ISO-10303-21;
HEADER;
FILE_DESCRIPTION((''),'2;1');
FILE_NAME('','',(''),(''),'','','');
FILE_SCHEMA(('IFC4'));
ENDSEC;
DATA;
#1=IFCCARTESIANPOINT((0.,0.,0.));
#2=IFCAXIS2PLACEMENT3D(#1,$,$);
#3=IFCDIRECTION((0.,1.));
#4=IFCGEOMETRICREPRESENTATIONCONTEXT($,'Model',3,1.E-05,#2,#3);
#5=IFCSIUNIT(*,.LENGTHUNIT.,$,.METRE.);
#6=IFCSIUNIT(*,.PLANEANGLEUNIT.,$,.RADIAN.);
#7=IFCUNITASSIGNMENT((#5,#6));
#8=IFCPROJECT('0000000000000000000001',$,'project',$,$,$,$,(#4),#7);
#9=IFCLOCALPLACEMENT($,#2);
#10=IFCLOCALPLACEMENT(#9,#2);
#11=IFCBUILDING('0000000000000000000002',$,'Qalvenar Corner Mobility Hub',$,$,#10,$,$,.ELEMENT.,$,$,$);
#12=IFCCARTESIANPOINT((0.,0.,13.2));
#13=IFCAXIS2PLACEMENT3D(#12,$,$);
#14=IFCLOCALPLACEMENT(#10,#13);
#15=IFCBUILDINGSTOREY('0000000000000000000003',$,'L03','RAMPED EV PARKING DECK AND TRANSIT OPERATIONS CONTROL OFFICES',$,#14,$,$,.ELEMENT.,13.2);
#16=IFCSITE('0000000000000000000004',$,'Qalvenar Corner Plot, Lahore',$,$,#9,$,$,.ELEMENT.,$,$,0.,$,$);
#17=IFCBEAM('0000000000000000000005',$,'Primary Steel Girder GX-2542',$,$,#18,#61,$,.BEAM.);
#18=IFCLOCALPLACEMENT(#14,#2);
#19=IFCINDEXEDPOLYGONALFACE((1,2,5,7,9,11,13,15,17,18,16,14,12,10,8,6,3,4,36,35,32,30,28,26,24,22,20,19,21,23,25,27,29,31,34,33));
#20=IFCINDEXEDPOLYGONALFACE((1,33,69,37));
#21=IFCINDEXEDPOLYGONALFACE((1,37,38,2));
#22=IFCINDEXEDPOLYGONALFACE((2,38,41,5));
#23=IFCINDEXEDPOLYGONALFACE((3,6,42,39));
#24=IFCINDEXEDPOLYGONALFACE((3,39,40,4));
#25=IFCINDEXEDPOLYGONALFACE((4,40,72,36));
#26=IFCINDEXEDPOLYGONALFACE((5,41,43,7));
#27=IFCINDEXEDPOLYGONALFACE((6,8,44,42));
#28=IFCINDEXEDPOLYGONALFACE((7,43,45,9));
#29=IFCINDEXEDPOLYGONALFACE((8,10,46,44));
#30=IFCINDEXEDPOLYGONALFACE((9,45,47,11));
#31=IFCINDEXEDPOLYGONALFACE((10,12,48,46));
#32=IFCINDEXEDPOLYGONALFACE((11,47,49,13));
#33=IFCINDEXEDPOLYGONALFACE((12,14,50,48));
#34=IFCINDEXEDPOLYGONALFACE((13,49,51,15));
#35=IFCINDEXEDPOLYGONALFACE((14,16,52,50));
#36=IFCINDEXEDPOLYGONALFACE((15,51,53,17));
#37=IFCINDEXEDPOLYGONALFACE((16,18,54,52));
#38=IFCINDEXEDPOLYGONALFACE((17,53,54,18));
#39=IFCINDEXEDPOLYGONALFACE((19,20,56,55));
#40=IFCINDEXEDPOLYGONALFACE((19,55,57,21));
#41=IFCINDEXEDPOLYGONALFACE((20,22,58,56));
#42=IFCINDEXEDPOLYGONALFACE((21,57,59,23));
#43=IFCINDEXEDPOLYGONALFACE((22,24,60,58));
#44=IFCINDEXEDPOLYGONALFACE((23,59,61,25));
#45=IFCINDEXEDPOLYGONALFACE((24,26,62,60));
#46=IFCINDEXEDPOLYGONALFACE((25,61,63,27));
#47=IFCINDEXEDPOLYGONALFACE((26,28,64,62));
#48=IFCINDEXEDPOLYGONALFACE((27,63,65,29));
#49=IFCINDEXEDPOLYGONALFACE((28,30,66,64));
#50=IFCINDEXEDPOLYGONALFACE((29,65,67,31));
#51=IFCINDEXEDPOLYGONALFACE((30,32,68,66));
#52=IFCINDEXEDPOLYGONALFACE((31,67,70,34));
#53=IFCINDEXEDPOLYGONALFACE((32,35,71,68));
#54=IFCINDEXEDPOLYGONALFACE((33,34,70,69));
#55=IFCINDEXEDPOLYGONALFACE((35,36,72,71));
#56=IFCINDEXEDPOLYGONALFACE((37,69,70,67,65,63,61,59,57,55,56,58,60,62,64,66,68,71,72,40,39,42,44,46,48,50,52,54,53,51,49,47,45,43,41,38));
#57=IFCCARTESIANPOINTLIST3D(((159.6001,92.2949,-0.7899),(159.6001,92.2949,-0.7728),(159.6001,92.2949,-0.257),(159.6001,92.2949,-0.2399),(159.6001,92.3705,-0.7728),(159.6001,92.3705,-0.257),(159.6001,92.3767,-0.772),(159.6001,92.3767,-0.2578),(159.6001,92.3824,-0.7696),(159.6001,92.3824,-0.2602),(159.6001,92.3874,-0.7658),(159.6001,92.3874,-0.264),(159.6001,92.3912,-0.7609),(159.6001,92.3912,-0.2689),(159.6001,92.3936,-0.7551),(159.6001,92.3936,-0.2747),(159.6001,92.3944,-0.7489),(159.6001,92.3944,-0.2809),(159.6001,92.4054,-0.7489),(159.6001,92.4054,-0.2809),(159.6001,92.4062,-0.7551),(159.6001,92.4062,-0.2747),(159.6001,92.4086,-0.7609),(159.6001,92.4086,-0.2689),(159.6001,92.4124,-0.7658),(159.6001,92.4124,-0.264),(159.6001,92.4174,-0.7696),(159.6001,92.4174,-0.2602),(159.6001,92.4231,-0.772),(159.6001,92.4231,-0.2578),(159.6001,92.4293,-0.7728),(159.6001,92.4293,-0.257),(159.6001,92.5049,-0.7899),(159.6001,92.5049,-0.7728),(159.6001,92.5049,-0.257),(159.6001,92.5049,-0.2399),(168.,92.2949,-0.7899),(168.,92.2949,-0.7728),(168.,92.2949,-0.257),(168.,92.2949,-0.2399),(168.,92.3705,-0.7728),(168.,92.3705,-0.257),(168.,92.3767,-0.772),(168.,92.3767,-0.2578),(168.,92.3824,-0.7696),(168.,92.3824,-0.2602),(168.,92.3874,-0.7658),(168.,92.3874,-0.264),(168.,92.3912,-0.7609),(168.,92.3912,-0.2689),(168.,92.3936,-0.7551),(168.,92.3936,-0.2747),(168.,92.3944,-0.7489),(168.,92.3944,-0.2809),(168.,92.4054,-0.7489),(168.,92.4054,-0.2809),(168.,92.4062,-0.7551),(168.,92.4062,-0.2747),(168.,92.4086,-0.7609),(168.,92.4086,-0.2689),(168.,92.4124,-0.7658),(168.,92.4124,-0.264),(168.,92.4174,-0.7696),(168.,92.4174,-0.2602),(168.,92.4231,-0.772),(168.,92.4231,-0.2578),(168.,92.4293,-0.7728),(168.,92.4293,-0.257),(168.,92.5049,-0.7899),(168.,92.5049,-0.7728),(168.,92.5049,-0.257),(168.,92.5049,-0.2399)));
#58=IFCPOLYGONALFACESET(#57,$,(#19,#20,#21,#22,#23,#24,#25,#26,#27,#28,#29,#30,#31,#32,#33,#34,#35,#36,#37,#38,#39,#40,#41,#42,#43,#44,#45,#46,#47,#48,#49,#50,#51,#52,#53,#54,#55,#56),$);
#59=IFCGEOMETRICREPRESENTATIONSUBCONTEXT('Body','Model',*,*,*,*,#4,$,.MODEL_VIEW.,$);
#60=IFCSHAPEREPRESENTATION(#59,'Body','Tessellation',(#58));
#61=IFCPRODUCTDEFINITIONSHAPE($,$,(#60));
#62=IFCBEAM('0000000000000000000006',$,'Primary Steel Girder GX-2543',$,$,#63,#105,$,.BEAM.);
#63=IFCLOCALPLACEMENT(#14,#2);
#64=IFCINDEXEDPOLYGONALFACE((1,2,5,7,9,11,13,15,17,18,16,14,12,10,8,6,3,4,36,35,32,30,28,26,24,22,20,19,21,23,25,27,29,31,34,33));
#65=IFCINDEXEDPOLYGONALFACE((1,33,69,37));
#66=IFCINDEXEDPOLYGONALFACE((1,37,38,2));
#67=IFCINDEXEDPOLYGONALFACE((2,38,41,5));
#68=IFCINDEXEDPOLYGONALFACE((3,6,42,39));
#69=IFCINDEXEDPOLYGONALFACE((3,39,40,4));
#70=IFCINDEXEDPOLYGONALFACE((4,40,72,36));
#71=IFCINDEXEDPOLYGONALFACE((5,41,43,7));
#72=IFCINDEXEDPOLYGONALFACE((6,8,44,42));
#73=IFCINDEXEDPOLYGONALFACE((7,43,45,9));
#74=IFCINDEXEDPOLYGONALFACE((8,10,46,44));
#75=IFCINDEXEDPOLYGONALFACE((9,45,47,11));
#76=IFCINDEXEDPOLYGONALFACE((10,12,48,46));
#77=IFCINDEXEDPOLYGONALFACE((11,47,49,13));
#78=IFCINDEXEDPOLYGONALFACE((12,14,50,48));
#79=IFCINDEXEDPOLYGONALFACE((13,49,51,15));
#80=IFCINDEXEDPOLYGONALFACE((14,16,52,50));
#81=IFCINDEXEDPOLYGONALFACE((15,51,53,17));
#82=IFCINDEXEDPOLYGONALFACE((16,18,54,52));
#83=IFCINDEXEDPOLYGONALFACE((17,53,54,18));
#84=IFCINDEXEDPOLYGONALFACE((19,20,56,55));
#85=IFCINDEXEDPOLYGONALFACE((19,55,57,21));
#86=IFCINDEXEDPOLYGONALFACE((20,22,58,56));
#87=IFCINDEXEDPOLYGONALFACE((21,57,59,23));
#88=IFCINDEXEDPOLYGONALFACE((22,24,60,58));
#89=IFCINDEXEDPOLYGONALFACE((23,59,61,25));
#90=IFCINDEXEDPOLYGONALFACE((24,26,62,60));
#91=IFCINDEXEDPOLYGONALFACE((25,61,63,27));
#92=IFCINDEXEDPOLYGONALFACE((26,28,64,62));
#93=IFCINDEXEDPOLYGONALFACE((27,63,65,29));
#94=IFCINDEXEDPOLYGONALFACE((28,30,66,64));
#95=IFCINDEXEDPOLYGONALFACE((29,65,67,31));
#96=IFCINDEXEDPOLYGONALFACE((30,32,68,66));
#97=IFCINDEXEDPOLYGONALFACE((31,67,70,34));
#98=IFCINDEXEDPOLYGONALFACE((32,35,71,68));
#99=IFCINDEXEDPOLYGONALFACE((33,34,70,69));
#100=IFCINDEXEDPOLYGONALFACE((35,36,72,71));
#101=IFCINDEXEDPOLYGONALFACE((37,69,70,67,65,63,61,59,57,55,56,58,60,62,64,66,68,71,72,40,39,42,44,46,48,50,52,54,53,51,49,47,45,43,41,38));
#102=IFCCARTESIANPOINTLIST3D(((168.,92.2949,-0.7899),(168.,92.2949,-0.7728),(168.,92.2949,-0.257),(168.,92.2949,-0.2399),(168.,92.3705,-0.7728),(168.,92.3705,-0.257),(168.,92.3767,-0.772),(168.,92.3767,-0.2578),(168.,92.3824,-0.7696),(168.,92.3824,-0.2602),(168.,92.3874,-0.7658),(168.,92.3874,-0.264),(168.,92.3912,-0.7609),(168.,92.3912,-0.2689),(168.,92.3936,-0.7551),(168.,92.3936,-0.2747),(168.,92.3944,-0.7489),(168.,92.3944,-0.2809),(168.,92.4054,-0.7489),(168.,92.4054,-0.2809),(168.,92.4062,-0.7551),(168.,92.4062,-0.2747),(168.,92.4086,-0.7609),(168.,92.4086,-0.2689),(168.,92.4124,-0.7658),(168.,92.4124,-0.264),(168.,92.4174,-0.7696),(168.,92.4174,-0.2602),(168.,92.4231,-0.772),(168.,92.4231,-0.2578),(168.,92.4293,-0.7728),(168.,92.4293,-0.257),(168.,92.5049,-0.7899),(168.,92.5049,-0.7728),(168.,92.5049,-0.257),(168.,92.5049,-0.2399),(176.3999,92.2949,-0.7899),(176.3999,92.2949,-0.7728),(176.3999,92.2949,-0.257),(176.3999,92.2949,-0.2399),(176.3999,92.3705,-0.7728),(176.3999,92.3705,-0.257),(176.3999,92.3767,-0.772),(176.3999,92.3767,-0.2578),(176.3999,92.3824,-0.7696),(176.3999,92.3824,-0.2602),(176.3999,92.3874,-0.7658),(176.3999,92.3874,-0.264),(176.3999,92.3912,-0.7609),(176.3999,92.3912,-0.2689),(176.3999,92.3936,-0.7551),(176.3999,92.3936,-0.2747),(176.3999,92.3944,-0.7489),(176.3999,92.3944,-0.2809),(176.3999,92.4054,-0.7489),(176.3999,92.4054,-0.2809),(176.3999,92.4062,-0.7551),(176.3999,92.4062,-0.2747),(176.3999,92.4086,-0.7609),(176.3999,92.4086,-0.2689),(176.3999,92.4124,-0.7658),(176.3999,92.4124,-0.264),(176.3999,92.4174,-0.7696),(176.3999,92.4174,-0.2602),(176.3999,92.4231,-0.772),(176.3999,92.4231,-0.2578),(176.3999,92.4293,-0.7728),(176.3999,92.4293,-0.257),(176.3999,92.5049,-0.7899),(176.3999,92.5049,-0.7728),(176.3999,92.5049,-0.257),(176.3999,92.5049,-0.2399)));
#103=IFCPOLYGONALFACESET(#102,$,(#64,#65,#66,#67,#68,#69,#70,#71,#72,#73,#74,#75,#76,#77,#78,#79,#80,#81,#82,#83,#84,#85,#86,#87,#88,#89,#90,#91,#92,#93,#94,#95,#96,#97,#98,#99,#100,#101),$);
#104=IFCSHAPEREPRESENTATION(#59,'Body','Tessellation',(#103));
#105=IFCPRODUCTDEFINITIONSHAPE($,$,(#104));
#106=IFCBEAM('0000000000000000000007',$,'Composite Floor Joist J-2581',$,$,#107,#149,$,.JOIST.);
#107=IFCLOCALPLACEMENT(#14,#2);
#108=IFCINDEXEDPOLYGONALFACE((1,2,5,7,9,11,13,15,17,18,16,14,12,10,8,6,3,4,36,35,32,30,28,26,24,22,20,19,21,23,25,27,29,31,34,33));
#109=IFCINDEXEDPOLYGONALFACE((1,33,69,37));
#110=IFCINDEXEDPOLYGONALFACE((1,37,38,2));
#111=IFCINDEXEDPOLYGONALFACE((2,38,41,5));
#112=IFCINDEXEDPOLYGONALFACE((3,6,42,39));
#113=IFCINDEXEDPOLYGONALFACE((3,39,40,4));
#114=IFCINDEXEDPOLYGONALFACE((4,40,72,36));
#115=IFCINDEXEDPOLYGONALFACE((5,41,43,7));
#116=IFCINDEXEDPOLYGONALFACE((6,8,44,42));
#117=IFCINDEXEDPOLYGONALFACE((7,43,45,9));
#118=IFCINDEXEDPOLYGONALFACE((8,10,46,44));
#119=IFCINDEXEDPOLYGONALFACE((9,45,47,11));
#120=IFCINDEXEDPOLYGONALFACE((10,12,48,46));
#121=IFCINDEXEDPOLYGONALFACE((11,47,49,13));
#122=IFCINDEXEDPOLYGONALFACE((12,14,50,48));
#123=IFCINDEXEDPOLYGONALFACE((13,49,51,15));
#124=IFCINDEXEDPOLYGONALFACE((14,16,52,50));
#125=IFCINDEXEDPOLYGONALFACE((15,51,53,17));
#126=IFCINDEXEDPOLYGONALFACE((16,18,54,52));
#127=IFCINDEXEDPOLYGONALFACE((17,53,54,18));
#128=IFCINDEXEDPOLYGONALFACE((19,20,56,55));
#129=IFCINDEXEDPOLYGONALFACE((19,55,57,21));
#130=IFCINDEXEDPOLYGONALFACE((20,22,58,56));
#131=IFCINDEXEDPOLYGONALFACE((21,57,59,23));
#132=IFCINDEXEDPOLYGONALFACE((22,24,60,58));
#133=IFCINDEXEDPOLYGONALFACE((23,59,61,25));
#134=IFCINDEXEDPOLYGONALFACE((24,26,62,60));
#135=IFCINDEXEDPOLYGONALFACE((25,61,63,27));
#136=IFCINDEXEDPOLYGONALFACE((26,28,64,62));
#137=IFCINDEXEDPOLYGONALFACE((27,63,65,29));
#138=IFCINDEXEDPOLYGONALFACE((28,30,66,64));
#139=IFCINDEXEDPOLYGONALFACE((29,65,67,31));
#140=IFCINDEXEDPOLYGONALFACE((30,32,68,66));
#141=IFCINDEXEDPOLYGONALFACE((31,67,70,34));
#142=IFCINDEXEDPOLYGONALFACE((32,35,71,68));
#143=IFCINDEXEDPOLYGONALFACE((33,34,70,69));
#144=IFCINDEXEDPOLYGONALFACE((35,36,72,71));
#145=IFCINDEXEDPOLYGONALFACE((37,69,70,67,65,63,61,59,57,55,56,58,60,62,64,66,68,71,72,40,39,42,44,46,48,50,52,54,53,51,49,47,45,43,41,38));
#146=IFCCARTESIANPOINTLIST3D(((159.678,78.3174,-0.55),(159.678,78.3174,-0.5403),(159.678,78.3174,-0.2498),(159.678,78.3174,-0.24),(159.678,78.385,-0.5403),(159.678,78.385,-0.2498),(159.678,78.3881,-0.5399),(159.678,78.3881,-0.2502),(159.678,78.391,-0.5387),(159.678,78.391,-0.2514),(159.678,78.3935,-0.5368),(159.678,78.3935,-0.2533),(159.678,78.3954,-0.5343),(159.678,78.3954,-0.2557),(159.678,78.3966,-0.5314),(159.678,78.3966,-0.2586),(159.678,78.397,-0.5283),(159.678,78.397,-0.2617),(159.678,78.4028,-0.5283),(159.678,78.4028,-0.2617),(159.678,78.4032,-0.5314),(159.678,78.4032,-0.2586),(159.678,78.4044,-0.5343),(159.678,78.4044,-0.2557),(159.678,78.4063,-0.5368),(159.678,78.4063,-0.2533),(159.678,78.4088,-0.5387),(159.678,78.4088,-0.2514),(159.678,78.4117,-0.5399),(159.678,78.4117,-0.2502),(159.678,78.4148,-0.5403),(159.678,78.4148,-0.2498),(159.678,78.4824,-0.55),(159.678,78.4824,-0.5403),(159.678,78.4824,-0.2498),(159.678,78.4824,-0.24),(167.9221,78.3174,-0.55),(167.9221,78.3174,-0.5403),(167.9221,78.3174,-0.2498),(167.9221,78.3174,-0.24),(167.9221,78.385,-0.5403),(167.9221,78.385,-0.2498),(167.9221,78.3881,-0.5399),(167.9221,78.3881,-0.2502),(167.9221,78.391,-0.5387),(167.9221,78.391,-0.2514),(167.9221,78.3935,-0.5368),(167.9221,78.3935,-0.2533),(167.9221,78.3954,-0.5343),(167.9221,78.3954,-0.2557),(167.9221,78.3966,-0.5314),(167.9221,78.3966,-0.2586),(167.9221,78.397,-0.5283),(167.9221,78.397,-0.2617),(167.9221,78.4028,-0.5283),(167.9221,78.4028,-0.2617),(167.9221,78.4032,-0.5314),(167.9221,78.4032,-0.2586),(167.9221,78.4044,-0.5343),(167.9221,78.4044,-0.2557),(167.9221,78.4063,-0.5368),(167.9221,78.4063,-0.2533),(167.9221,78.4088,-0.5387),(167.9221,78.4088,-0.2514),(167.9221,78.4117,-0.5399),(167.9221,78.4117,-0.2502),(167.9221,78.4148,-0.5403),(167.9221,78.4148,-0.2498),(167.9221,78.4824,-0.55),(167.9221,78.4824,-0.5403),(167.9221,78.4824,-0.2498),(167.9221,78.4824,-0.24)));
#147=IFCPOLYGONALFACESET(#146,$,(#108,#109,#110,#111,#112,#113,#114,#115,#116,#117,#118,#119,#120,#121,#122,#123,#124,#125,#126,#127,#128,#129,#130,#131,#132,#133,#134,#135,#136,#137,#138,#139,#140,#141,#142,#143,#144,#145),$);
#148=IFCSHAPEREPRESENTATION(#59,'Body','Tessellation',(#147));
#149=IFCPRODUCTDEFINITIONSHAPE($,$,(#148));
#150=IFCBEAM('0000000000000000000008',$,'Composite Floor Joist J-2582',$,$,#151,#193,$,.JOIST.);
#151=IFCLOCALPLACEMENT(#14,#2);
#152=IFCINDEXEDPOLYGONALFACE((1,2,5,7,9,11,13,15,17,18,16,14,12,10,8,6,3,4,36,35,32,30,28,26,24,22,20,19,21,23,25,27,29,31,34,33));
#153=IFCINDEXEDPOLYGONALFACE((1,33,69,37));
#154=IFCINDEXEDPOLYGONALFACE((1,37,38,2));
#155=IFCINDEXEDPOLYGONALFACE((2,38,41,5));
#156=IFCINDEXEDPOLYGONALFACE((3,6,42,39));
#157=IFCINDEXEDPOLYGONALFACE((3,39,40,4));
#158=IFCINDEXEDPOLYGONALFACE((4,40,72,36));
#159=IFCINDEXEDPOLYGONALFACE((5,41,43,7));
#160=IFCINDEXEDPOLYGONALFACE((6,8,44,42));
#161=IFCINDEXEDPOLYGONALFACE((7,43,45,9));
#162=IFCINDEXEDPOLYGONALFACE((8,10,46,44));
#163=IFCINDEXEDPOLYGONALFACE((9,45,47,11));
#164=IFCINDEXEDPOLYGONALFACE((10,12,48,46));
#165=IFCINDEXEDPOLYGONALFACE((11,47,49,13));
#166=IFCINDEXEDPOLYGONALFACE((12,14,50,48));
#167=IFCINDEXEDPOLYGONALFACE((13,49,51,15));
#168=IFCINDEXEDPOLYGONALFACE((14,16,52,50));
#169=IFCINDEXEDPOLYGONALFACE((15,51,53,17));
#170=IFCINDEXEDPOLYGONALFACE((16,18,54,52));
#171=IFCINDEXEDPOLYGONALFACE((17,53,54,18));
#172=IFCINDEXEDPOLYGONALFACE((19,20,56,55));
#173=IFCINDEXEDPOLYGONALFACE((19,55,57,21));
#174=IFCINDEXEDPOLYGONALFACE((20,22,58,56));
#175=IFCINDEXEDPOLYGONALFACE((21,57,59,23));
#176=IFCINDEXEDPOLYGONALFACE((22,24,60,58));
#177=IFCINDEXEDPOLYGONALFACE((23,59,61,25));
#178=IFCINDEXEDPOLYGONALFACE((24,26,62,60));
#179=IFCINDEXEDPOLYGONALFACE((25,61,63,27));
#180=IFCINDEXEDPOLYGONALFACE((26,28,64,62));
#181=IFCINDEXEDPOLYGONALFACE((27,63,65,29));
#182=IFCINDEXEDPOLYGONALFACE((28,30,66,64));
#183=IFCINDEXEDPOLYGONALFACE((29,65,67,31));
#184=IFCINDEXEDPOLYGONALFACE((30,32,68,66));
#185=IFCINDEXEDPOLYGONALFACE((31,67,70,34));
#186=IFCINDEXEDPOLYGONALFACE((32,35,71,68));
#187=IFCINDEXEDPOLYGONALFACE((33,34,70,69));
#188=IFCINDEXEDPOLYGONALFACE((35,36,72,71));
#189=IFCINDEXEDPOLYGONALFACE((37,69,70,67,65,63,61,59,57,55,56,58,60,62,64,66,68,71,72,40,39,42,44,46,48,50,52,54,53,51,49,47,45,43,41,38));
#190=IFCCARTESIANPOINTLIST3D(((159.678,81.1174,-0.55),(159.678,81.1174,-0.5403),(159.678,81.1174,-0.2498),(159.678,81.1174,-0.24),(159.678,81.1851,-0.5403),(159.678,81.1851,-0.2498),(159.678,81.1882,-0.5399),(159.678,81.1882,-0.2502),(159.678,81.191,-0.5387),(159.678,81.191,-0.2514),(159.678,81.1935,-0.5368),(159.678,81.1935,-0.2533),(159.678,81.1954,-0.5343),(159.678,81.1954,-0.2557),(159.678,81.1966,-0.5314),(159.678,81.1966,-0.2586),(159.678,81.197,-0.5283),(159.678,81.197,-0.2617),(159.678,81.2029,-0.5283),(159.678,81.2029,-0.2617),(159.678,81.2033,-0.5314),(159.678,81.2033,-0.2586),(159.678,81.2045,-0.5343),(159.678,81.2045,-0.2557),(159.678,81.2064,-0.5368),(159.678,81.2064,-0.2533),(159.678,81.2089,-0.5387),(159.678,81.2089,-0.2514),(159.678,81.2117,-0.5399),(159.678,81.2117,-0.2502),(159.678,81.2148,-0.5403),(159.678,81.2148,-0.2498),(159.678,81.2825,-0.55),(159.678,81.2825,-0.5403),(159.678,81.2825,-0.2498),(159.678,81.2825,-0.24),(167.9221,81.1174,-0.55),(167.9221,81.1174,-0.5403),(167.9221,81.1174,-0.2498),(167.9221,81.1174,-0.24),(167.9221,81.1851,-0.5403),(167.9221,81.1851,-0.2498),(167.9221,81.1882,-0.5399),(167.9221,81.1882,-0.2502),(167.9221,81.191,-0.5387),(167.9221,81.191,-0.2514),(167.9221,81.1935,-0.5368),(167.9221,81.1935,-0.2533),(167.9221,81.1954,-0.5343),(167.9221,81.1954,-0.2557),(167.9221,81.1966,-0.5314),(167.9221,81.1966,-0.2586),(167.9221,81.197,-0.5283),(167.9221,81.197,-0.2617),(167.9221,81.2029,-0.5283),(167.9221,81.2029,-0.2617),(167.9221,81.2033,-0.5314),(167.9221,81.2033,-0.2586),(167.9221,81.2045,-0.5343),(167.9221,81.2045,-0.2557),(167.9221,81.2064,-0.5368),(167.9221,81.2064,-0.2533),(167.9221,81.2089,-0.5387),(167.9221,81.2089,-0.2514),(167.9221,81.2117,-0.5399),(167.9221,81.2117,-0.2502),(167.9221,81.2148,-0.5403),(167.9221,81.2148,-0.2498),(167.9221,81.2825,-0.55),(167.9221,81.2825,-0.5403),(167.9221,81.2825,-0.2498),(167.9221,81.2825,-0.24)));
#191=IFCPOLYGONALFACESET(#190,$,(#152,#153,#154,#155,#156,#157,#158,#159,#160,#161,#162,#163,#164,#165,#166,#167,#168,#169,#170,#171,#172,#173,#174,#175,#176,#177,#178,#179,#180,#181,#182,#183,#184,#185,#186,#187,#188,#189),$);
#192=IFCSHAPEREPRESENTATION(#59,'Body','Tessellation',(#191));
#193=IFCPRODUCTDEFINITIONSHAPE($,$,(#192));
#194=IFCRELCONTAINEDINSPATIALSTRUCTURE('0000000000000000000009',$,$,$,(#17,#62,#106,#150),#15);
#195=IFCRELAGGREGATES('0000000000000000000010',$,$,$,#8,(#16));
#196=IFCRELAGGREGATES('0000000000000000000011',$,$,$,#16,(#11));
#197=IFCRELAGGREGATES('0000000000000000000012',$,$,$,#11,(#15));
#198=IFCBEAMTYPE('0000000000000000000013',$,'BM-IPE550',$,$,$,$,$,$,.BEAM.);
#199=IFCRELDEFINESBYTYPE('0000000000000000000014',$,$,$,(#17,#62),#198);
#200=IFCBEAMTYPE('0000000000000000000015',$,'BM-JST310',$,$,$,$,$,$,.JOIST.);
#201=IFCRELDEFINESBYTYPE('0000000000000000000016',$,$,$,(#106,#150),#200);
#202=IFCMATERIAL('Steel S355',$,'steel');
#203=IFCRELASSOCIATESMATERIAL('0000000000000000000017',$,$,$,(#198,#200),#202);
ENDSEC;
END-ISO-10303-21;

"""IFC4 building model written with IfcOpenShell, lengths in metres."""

from ifc_helpers import new_model, si_unit, direction, frame, origin, origin_2d, place, context, subcontext, project, spatial, i_section, extrude, material, material_profile, profile_set, type_object, element, save


model = new_model("IFC4")

# Units and contexts
model_context = context("Model", 3, precision=1e-05, world=origin(), true_north=direction((0.0, 1.0)))
body_context = subcontext(model_context, "Body", "Model", "MODEL_VIEW")
ifc_project = project(units=[si_unit("LENGTHUNIT", "METRE"), si_unit("PLANEANGLEUNIT", "RADIAN")], contexts=[model_context])

# Site, building, storey
site_placement = place(None, origin())
site = spatial("IfcSite", under=ifc_project, at=site_placement, Name="Qalvenar Corner Plot, Lahore", CompositionType="ELEMENT", RefElevation=0.0)
building_placement = place(site_placement, origin())
building = spatial("IfcBuilding", under=site, at=building_placement, Name="Qalvenar Corner Mobility Hub", CompositionType="ELEMENT")
storey_placement = place(building_placement, frame((0.0, 0.0, 13.2)))
storey = spatial("IfcBuildingStorey", under=building, at=storey_placement, Name="L03", Description="RAMPED EV PARKING DECK AND TRANSIT OPERATIONS CONTROL OFFICES", CompositionType="ELEMENT", Elevation=13.2)

# Shared definitions
ifc_material_1 = material(Name="Steel S355", Category="steel")

# Beams
ifc_material_profile_1 = material_profile(ifc_material_1, i_section(OverallWidth=0.21, OverallDepth=0.55, WebThickness=0.011, FlangeThickness=0.0171, FilletRadius=0.0239, at=origin_2d()), Name="IPE550")
ifc_profile_set_1 = profile_set([ifc_material_profile_1], Name="Steel S355")
beam_type_1 = type_object("IfcBeamType", Name="BM-IPE550", PredefinedType="BEAM", material=ifc_profile_set_1)
for number, where, z_axis, x_axis, name in (
    (1, (159.6001, 92.3999, -0.5149), (1.0, 0.0, 0.0), (0.0, 1.0, 0.0), "Primary Steel Girder GX-2542"),
    (2, (168.0, 92.3999, -0.5149), (1.0, 0.0, 0.0), (0.0, 1.0, 0.0), "Primary Steel Girder GX-2543"),
):
    element("IfcBeam", number, at=place(storey_placement, frame(where, z_axis=z_axis, x_axis=x_axis)), inside=storey, type_object=beam_type_1, Name=name, PredefinedType="BEAM", context=body_context, shape_type="SweptSolid", body=[
        extrude(i_section(OverallWidth=0.21, OverallDepth=0.55, WebThickness=0.011, FlangeThickness=0.0171, FilletRadius=0.0239, at=origin_2d()), origin(), (0.0, 0.0, 1.0), 8.3999),
    ])
ifc_material_profile_2 = material_profile(ifc_material_1, i_section(OverallWidth=0.165, OverallDepth=0.3101, WebThickness=0.0059, FlangeThickness=0.0098, FilletRadius=0.012, at=origin_2d()), Name="W310x38.7")
ifc_profile_set_2 = profile_set([ifc_material_profile_2], Name="Steel S355")
beam_type_2 = type_object("IfcBeamType", Name="BM-JST310", PredefinedType="JOIST", material=ifc_profile_set_2)
for number, where, z_axis, x_axis, name in (
    (3, (159.678, 78.3999, -0.395), (1.0, 0.0, 0.0), (0.0, 1.0, 0.0), "Composite Floor Joist J-2581"),
    (4, (159.678, 81.2, -0.395), (1.0, 0.0, 0.0), (0.0, 1.0, 0.0), "Composite Floor Joist J-2582"),
):
    element("IfcBeam", number, at=place(storey_placement, frame(where, z_axis=z_axis, x_axis=x_axis)), inside=storey, type_object=beam_type_2, Name=name, PredefinedType="JOIST", context=body_context, shape_type="SweptSolid", body=[
        extrude(i_section(OverallWidth=0.165, OverallDepth=0.3101, WebThickness=0.0059, FlangeThickness=0.0098, FilletRadius=0.012, at=origin_2d()), origin(), (0.0, 0.0, 1.0), 8.2441),
    ])

save(model, "model.ifc")
